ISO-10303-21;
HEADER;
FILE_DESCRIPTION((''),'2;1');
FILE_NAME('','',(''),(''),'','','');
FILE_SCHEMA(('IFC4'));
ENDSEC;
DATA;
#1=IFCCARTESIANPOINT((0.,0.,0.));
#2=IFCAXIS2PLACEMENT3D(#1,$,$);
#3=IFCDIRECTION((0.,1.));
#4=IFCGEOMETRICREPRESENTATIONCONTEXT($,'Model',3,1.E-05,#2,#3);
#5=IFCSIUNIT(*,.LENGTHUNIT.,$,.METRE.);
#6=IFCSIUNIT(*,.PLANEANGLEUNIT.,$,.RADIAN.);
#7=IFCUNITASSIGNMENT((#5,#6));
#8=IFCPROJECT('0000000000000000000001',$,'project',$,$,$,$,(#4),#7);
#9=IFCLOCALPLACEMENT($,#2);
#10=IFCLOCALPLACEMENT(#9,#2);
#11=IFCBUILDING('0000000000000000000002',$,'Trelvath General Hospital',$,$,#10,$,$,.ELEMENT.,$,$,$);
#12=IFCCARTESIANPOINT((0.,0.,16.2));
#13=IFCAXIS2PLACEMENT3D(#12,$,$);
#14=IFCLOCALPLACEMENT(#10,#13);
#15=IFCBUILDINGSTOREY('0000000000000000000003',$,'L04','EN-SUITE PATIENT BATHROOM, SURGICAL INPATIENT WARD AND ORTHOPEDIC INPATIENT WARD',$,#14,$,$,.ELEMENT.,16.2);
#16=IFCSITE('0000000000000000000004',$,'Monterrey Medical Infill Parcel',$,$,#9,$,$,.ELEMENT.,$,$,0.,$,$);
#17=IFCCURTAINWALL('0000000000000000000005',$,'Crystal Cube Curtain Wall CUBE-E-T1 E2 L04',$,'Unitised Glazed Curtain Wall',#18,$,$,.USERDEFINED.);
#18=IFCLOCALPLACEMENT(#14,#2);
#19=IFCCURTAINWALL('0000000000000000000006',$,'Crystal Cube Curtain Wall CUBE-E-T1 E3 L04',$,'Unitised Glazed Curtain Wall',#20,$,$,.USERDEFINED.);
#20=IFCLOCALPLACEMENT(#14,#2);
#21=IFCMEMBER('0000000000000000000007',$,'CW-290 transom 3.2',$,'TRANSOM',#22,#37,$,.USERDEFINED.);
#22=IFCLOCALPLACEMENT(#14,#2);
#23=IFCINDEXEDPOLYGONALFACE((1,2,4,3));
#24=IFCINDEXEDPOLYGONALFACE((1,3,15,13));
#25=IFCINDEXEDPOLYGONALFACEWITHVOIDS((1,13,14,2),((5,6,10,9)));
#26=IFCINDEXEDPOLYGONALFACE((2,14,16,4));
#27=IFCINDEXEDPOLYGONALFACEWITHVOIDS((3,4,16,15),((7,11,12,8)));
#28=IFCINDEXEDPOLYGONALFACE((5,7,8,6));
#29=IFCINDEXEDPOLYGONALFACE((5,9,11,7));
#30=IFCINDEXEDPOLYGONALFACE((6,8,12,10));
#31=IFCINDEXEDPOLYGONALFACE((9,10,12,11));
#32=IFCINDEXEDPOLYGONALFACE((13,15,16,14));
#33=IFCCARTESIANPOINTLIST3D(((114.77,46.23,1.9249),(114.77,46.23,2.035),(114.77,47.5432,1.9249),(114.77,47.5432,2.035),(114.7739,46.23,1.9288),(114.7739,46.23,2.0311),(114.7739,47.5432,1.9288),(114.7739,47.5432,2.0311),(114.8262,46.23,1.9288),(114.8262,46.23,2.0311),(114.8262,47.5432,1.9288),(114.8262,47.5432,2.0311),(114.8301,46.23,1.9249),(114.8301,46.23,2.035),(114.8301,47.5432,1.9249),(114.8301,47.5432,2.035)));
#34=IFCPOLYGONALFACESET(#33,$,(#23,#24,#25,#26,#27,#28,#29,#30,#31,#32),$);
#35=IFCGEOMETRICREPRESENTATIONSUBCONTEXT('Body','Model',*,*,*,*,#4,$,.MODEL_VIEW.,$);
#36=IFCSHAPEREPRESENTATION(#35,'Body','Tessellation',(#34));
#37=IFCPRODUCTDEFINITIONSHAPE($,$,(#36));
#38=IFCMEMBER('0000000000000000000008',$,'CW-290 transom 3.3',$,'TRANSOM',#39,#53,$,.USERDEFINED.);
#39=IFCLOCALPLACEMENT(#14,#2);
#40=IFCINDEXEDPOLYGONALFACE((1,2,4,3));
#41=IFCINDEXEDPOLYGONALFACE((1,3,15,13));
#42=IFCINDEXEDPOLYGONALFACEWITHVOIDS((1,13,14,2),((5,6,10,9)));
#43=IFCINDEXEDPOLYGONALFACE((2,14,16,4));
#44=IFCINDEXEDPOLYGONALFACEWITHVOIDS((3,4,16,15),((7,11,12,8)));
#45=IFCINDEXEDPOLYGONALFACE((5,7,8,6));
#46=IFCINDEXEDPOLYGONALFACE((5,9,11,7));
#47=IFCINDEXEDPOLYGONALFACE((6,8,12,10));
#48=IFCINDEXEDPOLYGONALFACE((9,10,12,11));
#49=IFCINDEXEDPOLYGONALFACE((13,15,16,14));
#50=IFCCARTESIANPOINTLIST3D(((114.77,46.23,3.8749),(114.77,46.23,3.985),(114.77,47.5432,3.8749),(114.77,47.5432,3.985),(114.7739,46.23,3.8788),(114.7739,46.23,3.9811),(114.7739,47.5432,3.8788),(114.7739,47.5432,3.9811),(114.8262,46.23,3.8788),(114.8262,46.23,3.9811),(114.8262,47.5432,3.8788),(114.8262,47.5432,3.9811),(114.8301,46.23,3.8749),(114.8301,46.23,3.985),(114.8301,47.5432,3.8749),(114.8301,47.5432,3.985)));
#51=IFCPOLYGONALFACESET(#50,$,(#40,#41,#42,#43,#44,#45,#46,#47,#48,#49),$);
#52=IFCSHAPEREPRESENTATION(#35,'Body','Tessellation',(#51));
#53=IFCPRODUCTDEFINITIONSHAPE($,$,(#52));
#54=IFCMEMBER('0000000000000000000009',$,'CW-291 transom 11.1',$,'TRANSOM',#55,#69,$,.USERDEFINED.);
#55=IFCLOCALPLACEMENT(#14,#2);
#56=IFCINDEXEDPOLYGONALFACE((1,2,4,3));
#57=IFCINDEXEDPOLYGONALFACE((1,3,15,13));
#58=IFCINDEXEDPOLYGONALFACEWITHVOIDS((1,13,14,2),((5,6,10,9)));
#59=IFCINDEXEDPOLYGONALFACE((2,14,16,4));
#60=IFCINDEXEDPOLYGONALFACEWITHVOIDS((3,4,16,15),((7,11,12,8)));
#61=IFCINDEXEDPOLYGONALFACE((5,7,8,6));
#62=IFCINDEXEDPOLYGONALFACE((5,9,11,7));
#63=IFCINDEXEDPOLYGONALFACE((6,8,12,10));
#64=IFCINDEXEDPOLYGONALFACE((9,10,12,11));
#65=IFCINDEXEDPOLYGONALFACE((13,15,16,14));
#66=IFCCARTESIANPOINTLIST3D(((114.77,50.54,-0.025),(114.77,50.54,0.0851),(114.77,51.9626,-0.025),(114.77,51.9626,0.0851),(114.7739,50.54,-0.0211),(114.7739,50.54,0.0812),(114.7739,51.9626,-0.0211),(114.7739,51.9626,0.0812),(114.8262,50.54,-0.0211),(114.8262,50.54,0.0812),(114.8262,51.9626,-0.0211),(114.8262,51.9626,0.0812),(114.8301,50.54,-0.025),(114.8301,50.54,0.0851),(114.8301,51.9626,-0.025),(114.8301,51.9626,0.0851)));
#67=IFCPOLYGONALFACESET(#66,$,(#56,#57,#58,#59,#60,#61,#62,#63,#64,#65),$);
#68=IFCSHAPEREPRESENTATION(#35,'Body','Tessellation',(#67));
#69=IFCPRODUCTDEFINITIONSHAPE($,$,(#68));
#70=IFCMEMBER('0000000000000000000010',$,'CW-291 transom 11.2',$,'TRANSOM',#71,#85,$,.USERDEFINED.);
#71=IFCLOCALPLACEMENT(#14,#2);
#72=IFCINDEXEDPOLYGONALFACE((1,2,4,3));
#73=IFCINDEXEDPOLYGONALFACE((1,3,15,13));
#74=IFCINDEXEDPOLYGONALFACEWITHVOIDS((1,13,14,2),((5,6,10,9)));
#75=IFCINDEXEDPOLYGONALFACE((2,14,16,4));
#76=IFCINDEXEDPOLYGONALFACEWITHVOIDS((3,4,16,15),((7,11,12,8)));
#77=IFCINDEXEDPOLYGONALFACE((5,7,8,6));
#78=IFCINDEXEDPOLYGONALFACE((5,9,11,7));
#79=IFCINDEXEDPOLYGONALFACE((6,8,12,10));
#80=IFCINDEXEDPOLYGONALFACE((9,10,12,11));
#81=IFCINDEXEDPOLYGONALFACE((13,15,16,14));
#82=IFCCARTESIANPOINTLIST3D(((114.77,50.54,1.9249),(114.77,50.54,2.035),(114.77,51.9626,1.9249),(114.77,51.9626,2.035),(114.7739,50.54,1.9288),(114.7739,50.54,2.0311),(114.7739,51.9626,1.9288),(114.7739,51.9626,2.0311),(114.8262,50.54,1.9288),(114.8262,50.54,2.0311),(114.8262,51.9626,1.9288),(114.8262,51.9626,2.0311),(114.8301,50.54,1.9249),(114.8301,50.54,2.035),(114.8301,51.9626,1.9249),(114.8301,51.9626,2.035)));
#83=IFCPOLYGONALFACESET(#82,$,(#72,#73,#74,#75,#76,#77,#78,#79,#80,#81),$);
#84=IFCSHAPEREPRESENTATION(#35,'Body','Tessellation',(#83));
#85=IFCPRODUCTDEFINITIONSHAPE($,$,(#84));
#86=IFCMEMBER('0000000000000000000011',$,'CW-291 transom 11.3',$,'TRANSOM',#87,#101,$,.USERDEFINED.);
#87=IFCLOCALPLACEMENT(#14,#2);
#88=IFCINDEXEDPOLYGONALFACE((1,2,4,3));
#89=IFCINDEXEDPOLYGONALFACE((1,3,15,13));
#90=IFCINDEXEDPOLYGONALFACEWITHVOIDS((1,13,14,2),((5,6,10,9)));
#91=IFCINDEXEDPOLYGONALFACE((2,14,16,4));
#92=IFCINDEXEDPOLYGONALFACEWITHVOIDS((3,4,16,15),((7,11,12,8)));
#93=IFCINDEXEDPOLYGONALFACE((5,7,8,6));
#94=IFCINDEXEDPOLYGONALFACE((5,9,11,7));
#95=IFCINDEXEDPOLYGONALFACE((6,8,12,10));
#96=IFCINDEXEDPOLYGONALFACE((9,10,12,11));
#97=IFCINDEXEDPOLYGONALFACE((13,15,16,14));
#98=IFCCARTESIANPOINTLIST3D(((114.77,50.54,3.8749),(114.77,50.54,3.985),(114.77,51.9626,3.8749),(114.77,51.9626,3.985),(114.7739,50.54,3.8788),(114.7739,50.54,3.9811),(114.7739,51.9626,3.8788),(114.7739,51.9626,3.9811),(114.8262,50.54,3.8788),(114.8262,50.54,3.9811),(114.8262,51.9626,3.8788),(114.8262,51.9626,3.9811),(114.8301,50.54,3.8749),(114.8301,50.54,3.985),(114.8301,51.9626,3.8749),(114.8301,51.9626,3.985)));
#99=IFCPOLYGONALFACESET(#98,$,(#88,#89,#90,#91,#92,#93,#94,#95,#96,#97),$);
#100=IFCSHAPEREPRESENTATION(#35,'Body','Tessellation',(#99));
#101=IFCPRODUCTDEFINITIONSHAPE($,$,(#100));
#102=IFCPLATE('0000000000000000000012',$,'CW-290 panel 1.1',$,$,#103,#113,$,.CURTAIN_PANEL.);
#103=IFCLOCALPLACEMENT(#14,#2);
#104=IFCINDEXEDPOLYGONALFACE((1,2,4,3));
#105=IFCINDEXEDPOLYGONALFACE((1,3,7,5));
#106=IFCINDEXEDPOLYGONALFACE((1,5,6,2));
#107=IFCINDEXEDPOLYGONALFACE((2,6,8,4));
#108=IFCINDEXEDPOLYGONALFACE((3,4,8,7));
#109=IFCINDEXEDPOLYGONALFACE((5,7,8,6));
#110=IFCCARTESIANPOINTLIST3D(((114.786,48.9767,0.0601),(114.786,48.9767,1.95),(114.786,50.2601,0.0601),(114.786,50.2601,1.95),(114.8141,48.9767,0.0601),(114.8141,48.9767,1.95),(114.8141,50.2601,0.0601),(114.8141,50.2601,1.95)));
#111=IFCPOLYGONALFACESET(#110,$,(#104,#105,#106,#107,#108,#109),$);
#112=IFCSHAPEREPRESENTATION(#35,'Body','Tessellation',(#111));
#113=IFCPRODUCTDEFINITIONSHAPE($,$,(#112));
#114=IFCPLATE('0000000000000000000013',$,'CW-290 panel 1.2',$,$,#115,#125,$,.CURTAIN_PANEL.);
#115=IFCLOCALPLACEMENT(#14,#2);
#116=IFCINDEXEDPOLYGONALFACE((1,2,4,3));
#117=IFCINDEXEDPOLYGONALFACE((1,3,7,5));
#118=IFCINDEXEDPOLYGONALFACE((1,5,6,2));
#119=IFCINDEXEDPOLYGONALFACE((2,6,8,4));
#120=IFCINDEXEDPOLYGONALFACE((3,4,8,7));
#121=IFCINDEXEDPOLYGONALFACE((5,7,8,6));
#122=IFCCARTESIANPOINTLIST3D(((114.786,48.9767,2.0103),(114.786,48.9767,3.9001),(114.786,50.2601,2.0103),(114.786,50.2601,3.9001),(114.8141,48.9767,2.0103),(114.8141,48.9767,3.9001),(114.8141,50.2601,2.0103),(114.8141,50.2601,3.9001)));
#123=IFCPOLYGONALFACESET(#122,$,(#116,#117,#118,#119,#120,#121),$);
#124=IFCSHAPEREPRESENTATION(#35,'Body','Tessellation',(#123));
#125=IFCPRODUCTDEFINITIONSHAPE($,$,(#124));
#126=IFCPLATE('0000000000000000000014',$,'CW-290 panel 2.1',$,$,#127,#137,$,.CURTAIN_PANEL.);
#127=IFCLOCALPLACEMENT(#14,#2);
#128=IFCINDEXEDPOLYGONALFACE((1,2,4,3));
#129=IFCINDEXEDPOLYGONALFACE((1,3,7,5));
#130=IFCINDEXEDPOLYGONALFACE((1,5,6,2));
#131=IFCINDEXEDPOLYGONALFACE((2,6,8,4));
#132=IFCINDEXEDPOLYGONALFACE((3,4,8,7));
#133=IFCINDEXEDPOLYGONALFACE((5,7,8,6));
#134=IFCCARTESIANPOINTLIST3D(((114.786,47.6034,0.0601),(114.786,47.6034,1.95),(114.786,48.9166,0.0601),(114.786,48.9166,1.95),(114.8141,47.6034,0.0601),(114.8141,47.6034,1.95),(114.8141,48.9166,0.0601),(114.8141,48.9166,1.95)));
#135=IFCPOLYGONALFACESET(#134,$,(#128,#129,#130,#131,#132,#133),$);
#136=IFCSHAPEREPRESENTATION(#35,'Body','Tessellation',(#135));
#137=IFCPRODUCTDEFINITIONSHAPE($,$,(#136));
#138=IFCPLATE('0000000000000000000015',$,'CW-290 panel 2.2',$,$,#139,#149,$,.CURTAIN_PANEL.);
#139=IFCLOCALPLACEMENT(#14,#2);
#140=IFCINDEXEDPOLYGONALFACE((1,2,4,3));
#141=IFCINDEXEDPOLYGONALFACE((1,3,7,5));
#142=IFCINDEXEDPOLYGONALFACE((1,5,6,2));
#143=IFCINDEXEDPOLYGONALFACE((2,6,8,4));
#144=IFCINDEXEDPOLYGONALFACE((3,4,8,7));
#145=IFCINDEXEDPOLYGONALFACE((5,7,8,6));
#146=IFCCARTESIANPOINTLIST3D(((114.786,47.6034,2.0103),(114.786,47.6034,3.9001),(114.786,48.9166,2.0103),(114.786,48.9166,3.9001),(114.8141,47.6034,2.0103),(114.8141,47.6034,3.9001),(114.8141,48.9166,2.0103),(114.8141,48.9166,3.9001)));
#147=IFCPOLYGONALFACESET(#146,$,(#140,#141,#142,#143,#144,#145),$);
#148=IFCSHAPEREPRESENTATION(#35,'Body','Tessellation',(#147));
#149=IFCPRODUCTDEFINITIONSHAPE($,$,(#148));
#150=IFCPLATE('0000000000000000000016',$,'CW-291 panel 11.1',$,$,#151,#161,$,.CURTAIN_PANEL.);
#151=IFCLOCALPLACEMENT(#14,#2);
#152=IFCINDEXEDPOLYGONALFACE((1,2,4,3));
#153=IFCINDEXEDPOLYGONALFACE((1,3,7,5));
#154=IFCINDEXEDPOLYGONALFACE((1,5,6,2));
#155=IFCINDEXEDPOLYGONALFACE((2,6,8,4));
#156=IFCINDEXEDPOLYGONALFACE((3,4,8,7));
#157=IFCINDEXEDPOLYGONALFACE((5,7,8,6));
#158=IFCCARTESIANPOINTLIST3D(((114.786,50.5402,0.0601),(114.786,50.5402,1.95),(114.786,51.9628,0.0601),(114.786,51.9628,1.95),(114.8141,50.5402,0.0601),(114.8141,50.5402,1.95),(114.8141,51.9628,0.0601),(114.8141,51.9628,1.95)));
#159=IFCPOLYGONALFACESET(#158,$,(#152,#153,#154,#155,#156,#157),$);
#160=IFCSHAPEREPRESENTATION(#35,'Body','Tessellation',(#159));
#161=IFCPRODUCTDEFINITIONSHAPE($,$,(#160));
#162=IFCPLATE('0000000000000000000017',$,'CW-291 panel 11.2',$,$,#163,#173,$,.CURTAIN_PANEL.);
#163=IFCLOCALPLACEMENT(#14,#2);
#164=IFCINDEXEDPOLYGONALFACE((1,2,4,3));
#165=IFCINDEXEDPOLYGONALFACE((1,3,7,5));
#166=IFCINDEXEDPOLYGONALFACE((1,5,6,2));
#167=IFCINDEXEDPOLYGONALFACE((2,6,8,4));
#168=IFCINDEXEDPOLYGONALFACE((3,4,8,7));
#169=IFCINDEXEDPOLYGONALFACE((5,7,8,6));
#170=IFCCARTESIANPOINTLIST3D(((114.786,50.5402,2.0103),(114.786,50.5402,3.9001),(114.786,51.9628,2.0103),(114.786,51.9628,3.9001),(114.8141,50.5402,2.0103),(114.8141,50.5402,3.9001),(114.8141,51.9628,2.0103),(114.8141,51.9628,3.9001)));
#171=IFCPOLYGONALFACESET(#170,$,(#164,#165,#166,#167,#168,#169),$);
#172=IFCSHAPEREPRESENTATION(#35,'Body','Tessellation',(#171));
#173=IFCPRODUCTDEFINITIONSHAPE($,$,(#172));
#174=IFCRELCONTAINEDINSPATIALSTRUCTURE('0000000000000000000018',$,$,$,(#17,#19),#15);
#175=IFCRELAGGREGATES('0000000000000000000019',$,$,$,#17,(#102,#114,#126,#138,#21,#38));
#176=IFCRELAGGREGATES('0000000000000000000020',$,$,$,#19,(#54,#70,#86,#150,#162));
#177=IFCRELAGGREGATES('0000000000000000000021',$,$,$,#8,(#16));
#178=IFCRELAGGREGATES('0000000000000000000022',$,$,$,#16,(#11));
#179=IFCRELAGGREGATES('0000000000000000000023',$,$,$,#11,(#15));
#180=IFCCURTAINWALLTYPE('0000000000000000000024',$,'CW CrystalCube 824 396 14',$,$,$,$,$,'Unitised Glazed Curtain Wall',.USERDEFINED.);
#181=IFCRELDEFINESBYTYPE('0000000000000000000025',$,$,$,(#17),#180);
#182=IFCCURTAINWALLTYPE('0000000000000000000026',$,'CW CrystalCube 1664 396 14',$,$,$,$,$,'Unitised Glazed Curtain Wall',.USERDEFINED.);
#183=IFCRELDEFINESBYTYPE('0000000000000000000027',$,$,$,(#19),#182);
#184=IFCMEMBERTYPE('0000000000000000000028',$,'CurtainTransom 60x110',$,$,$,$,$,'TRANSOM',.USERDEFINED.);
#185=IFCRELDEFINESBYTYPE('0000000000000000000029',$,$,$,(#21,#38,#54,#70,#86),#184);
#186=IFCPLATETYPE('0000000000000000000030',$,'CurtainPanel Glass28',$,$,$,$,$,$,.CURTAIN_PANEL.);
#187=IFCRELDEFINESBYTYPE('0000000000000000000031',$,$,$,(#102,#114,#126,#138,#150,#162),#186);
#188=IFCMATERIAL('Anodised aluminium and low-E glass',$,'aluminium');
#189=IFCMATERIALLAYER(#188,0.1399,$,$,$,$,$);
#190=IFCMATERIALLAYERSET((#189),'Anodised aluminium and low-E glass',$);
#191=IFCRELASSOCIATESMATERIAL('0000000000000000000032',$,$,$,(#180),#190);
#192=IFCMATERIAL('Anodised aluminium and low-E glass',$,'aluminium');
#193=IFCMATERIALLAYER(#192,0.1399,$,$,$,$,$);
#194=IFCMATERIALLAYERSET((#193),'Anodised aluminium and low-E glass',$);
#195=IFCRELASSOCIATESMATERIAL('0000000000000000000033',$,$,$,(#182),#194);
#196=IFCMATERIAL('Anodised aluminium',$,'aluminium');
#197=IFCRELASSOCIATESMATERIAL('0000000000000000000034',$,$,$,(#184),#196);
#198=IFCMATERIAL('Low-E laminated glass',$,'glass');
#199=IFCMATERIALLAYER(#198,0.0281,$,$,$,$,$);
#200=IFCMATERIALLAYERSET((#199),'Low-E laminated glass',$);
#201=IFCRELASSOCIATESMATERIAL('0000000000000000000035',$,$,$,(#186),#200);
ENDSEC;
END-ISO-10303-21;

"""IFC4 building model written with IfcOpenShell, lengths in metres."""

from ifc_helpers import new_model, si_unit, direction, frame, origin, origin_2d, place, context, subcontext, project, spatial, rectangle, hollow_rectangle, extrude, material, layer, layer_set, material_profile, profile_set, type_object, element, aggregate, save


model = new_model("IFC4")

# Units and contexts
model_context = context("Model", 3, precision=1e-05, world=origin(), true_north=direction((0.0, 1.0)))
body_context = subcontext(model_context, "Body", "Model", "MODEL_VIEW")
ifc_project = project(units=[si_unit("LENGTHUNIT", "METRE"), si_unit("PLANEANGLEUNIT", "RADIAN")], contexts=[model_context])

# Site, building, storey
site_placement = place(None, origin())
site = spatial("IfcSite", under=ifc_project, at=site_placement, Name="Monterrey Medical Infill Parcel", CompositionType="ELEMENT", RefElevation=0.0)
building_placement = place(site_placement, origin())
building = spatial("IfcBuilding", under=site, at=building_placement, Name="Trelvath General Hospital", CompositionType="ELEMENT")
storey_placement = place(building_placement, frame((0.0, 0.0, 16.2)))
storey = spatial("IfcBuildingStorey", under=building, at=storey_placement, Name="L04", Description="EN-SUITE PATIENT BATHROOM, SURGICAL INPATIENT WARD AND ORTHOPEDIC INPATIENT WARD", CompositionType="ELEMENT", Elevation=16.2)

# Curtain wall
ifc_material_1 = material(Name="Anodised aluminium and low-E glass", Category="aluminium")
ifc_layer_1 = layer(ifc_material_1, 0.1399)
ifc_layer_set_1 = layer_set([ifc_layer_1], Name="Anodised aluminium and low-E glass")
curtain_wall_type_1 = type_object("IfcCurtainWallType", Name="CW CrystalCube 824 396 14", ElementType="Unitised Glazed Curtain Wall", PredefinedType="USERDEFINED", material=ifc_layer_set_1)
curtain_wall_1_placement = place(storey_placement, origin())
curtain_wall_1 = element("IfcCurtainWall", 1, at=curtain_wall_1_placement, inside=storey, type_object=curtain_wall_type_1, Name="Crystal Cube Curtain Wall CUBE-E-T1 E2 L04", ObjectType="Unitised Glazed Curtain Wall", PredefinedType="USERDEFINED")

# Curtain wall
ifc_material_2 = material(Name="Anodised aluminium and low-E glass", Category="aluminium")
ifc_layer_2 = layer(ifc_material_2, 0.1399)
ifc_layer_set_2 = layer_set([ifc_layer_2], Name="Anodised aluminium and low-E glass")
curtain_wall_type_2 = type_object("IfcCurtainWallType", Name="CW CrystalCube 1664 396 14", ElementType="Unitised Glazed Curtain Wall", PredefinedType="USERDEFINED", material=ifc_layer_set_2)
curtain_wall_2_placement = place(storey_placement, origin())
curtain_wall_2 = element("IfcCurtainWall", 2, at=curtain_wall_2_placement, inside=storey, type_object=curtain_wall_type_2, Name="Crystal Cube Curtain Wall CUBE-E-T1 E3 L04", ObjectType="Unitised Glazed Curtain Wall", PredefinedType="USERDEFINED")

# Members
ifc_material_3 = material(Name="Anodised aluminium", Category="aluminium")
ifc_material_profile_1 = material_profile(ifc_material_3, hollow_rectangle(XDim=0.0601, YDim=0.1101, WallThickness=0.0039, at=origin_2d()), Name="RHS60x110x4")
ifc_profile_set_1 = profile_set([ifc_material_profile_1], Name="Anodised aluminium")
member_type_1 = type_object("IfcMemberType", Name="CurtainTransom 60x110", ElementType="TRANSOM", PredefinedType="USERDEFINED", material=ifc_profile_set_1)
member_1_placement = place(storey_placement, frame((114.8, 47.5432, 1.98), z_axis=(0.0, -1.0, 0.0), x_axis=(1.0, 0.0, 0.0)))
member_1 = element("IfcMember", 3, at=member_1_placement, type_object=member_type_1, Name="CW-290 transom 3.2", ObjectType="TRANSOM", PredefinedType="USERDEFINED", context=body_context, shape_type="SweptSolid", body=[
    extrude(hollow_rectangle(XDim=0.0601, YDim=0.1101, WallThickness=0.0039, at=origin_2d()), origin(), (0.0, 0.0, 1.0), 1.3132),
])
member_2_placement = place(storey_placement, frame((114.8, 47.5432, 3.9299), z_axis=(0.0, -1.0, 0.0), x_axis=(1.0, 0.0, 0.0)))
member_2 = element("IfcMember", 4, at=member_2_placement, type_object=member_type_1, Name="CW-290 transom 3.3", ObjectType="TRANSOM", PredefinedType="USERDEFINED", context=body_context, shape_type="SweptSolid", body=[
    extrude(hollow_rectangle(XDim=0.0601, YDim=0.1101, WallThickness=0.0039, at=origin_2d()), origin(), (0.0, 0.0, 1.0), 1.3132),
])
member_3_placement = place(storey_placement, frame((114.8, 51.9626, 0.03), z_axis=(0.0, -1.0, 0.0), x_axis=(1.0, 0.0, 0.0)))
member_3 = element("IfcMember", 5, at=member_3_placement, type_object=member_type_1, Name="CW-291 transom 11.1", ObjectType="TRANSOM", PredefinedType="USERDEFINED", context=body_context, shape_type="SweptSolid", body=[
    extrude(hollow_rectangle(XDim=0.0601, YDim=0.1101, WallThickness=0.0039, at=origin_2d()), origin(), (0.0, 0.0, 1.0), 1.4226),
])
member_4_placement = place(storey_placement, frame((114.8, 51.9626, 1.98), z_axis=(0.0, -1.0, 0.0), x_axis=(1.0, 0.0, 0.0)))
member_4 = element("IfcMember", 6, at=member_4_placement, type_object=member_type_1, Name="CW-291 transom 11.2", ObjectType="TRANSOM", PredefinedType="USERDEFINED", context=body_context, shape_type="SweptSolid", body=[
    extrude(hollow_rectangle(XDim=0.0601, YDim=0.1101, WallThickness=0.0039, at=origin_2d()), origin(), (0.0, 0.0, 1.0), 1.4226),
])
member_5_placement = place(storey_placement, frame((114.8, 51.9626, 3.9299), z_axis=(0.0, -1.0, 0.0), x_axis=(1.0, 0.0, 0.0)))
member_5 = element("IfcMember", 7, at=member_5_placement, type_object=member_type_1, Name="CW-291 transom 11.3", ObjectType="TRANSOM", PredefinedType="USERDEFINED", context=body_context, shape_type="SweptSolid", body=[
    extrude(hollow_rectangle(XDim=0.0601, YDim=0.1101, WallThickness=0.0039, at=origin_2d()), origin(), (0.0, 0.0, 1.0), 1.4226),
])

# Plates
ifc_material_4 = material(Name="Low-E laminated glass", Category="glass")
ifc_layer_3 = layer(ifc_material_4, 0.0281)
ifc_layer_set_3 = layer_set([ifc_layer_3], Name="Low-E laminated glass")
plate_type = type_object("IfcPlateType", Name="CurtainPanel Glass28", PredefinedType="CURTAIN_PANEL", material=ifc_layer_set_3)
plate_1_placement = place(storey_placement, frame((114.8, 49.6184, 0.0601), z_axis=(0.0, 0.0, 1.0), x_axis=(0.0, -1.0, 0.0)))
plate_1 = element("IfcPlate", 8, at=plate_1_placement, type_object=plate_type, Name="CW-290 panel 1.1", PredefinedType="CURTAIN_PANEL", context=body_context, shape_type="SweptSolid", body=[
    extrude(rectangle(XDim=1.2834, YDim=0.0281, at=origin_2d()), origin(), (0.0, 0.0, 1.0), 1.8899),
])
plate_2_placement = place(storey_placement, frame((114.8, 49.6184, 2.0103), z_axis=(0.0, 0.0, 1.0), x_axis=(0.0, -1.0, 0.0)))
plate_2 = element("IfcPlate", 9, at=plate_2_placement, type_object=plate_type, Name="CW-290 panel 1.2", PredefinedType="CURTAIN_PANEL", context=body_context, shape_type="SweptSolid", body=[
    extrude(rectangle(XDim=1.2834, YDim=0.0281, at=origin_2d()), origin(), (0.0, 0.0, 1.0), 1.8899),
])
plate_3_placement = place(storey_placement, frame((114.8, 48.26, 0.0601), z_axis=(0.0, 0.0, 1.0), x_axis=(0.0, -1.0, 0.0)))
plate_3 = element("IfcPlate", 10, at=plate_3_placement, type_object=plate_type, Name="CW-290 panel 2.1", PredefinedType="CURTAIN_PANEL", context=body_context, shape_type="SweptSolid", body=[
    extrude(rectangle(XDim=1.3132, YDim=0.0281, at=origin_2d()), origin(), (0.0, 0.0, 1.0), 1.8899),
])
plate_4_placement = place(storey_placement, frame((114.8, 48.26, 2.0103), z_axis=(0.0, 0.0, 1.0), x_axis=(0.0, -1.0, 0.0)))
plate_4 = element("IfcPlate", 11, at=plate_4_placement, type_object=plate_type, Name="CW-290 panel 2.2", PredefinedType="CURTAIN_PANEL", context=body_context, shape_type="SweptSolid", body=[
    extrude(rectangle(XDim=1.3132, YDim=0.0281, at=origin_2d()), origin(), (0.0, 0.0, 1.0), 1.8899),
])
aggregate(curtain_wall_1, [plate_1, plate_2, plate_3, plate_4, member_1, member_2])
plate_5_placement = place(storey_placement, frame((114.8, 51.2515, 0.0601), z_axis=(0.0, 0.0, 1.0), x_axis=(0.0, -1.0, 0.0)))
plate_5 = element("IfcPlate", 12, at=plate_5_placement, type_object=plate_type, Name="CW-291 panel 11.1", PredefinedType="CURTAIN_PANEL", context=body_context, shape_type="SweptSolid", body=[
    extrude(rectangle(XDim=1.4226, YDim=0.0281, at=origin_2d()), origin(), (0.0, 0.0, 1.0), 1.8899),
])
plate_6_placement = place(storey_placement, frame((114.8, 51.2515, 2.0103), z_axis=(0.0, 0.0, 1.0), x_axis=(0.0, -1.0, 0.0)))
plate_6 = element("IfcPlate", 13, at=plate_6_placement, type_object=plate_type, Name="CW-291 panel 11.2", PredefinedType="CURTAIN_PANEL", context=body_context, shape_type="SweptSolid", body=[
    extrude(rectangle(XDim=1.4226, YDim=0.0281, at=origin_2d()), origin(), (0.0, 0.0, 1.0), 1.8899),
])
aggregate(curtain_wall_2, [member_3, member_4, member_5, plate_5, plate_6])

save(model, "model.ifc")
